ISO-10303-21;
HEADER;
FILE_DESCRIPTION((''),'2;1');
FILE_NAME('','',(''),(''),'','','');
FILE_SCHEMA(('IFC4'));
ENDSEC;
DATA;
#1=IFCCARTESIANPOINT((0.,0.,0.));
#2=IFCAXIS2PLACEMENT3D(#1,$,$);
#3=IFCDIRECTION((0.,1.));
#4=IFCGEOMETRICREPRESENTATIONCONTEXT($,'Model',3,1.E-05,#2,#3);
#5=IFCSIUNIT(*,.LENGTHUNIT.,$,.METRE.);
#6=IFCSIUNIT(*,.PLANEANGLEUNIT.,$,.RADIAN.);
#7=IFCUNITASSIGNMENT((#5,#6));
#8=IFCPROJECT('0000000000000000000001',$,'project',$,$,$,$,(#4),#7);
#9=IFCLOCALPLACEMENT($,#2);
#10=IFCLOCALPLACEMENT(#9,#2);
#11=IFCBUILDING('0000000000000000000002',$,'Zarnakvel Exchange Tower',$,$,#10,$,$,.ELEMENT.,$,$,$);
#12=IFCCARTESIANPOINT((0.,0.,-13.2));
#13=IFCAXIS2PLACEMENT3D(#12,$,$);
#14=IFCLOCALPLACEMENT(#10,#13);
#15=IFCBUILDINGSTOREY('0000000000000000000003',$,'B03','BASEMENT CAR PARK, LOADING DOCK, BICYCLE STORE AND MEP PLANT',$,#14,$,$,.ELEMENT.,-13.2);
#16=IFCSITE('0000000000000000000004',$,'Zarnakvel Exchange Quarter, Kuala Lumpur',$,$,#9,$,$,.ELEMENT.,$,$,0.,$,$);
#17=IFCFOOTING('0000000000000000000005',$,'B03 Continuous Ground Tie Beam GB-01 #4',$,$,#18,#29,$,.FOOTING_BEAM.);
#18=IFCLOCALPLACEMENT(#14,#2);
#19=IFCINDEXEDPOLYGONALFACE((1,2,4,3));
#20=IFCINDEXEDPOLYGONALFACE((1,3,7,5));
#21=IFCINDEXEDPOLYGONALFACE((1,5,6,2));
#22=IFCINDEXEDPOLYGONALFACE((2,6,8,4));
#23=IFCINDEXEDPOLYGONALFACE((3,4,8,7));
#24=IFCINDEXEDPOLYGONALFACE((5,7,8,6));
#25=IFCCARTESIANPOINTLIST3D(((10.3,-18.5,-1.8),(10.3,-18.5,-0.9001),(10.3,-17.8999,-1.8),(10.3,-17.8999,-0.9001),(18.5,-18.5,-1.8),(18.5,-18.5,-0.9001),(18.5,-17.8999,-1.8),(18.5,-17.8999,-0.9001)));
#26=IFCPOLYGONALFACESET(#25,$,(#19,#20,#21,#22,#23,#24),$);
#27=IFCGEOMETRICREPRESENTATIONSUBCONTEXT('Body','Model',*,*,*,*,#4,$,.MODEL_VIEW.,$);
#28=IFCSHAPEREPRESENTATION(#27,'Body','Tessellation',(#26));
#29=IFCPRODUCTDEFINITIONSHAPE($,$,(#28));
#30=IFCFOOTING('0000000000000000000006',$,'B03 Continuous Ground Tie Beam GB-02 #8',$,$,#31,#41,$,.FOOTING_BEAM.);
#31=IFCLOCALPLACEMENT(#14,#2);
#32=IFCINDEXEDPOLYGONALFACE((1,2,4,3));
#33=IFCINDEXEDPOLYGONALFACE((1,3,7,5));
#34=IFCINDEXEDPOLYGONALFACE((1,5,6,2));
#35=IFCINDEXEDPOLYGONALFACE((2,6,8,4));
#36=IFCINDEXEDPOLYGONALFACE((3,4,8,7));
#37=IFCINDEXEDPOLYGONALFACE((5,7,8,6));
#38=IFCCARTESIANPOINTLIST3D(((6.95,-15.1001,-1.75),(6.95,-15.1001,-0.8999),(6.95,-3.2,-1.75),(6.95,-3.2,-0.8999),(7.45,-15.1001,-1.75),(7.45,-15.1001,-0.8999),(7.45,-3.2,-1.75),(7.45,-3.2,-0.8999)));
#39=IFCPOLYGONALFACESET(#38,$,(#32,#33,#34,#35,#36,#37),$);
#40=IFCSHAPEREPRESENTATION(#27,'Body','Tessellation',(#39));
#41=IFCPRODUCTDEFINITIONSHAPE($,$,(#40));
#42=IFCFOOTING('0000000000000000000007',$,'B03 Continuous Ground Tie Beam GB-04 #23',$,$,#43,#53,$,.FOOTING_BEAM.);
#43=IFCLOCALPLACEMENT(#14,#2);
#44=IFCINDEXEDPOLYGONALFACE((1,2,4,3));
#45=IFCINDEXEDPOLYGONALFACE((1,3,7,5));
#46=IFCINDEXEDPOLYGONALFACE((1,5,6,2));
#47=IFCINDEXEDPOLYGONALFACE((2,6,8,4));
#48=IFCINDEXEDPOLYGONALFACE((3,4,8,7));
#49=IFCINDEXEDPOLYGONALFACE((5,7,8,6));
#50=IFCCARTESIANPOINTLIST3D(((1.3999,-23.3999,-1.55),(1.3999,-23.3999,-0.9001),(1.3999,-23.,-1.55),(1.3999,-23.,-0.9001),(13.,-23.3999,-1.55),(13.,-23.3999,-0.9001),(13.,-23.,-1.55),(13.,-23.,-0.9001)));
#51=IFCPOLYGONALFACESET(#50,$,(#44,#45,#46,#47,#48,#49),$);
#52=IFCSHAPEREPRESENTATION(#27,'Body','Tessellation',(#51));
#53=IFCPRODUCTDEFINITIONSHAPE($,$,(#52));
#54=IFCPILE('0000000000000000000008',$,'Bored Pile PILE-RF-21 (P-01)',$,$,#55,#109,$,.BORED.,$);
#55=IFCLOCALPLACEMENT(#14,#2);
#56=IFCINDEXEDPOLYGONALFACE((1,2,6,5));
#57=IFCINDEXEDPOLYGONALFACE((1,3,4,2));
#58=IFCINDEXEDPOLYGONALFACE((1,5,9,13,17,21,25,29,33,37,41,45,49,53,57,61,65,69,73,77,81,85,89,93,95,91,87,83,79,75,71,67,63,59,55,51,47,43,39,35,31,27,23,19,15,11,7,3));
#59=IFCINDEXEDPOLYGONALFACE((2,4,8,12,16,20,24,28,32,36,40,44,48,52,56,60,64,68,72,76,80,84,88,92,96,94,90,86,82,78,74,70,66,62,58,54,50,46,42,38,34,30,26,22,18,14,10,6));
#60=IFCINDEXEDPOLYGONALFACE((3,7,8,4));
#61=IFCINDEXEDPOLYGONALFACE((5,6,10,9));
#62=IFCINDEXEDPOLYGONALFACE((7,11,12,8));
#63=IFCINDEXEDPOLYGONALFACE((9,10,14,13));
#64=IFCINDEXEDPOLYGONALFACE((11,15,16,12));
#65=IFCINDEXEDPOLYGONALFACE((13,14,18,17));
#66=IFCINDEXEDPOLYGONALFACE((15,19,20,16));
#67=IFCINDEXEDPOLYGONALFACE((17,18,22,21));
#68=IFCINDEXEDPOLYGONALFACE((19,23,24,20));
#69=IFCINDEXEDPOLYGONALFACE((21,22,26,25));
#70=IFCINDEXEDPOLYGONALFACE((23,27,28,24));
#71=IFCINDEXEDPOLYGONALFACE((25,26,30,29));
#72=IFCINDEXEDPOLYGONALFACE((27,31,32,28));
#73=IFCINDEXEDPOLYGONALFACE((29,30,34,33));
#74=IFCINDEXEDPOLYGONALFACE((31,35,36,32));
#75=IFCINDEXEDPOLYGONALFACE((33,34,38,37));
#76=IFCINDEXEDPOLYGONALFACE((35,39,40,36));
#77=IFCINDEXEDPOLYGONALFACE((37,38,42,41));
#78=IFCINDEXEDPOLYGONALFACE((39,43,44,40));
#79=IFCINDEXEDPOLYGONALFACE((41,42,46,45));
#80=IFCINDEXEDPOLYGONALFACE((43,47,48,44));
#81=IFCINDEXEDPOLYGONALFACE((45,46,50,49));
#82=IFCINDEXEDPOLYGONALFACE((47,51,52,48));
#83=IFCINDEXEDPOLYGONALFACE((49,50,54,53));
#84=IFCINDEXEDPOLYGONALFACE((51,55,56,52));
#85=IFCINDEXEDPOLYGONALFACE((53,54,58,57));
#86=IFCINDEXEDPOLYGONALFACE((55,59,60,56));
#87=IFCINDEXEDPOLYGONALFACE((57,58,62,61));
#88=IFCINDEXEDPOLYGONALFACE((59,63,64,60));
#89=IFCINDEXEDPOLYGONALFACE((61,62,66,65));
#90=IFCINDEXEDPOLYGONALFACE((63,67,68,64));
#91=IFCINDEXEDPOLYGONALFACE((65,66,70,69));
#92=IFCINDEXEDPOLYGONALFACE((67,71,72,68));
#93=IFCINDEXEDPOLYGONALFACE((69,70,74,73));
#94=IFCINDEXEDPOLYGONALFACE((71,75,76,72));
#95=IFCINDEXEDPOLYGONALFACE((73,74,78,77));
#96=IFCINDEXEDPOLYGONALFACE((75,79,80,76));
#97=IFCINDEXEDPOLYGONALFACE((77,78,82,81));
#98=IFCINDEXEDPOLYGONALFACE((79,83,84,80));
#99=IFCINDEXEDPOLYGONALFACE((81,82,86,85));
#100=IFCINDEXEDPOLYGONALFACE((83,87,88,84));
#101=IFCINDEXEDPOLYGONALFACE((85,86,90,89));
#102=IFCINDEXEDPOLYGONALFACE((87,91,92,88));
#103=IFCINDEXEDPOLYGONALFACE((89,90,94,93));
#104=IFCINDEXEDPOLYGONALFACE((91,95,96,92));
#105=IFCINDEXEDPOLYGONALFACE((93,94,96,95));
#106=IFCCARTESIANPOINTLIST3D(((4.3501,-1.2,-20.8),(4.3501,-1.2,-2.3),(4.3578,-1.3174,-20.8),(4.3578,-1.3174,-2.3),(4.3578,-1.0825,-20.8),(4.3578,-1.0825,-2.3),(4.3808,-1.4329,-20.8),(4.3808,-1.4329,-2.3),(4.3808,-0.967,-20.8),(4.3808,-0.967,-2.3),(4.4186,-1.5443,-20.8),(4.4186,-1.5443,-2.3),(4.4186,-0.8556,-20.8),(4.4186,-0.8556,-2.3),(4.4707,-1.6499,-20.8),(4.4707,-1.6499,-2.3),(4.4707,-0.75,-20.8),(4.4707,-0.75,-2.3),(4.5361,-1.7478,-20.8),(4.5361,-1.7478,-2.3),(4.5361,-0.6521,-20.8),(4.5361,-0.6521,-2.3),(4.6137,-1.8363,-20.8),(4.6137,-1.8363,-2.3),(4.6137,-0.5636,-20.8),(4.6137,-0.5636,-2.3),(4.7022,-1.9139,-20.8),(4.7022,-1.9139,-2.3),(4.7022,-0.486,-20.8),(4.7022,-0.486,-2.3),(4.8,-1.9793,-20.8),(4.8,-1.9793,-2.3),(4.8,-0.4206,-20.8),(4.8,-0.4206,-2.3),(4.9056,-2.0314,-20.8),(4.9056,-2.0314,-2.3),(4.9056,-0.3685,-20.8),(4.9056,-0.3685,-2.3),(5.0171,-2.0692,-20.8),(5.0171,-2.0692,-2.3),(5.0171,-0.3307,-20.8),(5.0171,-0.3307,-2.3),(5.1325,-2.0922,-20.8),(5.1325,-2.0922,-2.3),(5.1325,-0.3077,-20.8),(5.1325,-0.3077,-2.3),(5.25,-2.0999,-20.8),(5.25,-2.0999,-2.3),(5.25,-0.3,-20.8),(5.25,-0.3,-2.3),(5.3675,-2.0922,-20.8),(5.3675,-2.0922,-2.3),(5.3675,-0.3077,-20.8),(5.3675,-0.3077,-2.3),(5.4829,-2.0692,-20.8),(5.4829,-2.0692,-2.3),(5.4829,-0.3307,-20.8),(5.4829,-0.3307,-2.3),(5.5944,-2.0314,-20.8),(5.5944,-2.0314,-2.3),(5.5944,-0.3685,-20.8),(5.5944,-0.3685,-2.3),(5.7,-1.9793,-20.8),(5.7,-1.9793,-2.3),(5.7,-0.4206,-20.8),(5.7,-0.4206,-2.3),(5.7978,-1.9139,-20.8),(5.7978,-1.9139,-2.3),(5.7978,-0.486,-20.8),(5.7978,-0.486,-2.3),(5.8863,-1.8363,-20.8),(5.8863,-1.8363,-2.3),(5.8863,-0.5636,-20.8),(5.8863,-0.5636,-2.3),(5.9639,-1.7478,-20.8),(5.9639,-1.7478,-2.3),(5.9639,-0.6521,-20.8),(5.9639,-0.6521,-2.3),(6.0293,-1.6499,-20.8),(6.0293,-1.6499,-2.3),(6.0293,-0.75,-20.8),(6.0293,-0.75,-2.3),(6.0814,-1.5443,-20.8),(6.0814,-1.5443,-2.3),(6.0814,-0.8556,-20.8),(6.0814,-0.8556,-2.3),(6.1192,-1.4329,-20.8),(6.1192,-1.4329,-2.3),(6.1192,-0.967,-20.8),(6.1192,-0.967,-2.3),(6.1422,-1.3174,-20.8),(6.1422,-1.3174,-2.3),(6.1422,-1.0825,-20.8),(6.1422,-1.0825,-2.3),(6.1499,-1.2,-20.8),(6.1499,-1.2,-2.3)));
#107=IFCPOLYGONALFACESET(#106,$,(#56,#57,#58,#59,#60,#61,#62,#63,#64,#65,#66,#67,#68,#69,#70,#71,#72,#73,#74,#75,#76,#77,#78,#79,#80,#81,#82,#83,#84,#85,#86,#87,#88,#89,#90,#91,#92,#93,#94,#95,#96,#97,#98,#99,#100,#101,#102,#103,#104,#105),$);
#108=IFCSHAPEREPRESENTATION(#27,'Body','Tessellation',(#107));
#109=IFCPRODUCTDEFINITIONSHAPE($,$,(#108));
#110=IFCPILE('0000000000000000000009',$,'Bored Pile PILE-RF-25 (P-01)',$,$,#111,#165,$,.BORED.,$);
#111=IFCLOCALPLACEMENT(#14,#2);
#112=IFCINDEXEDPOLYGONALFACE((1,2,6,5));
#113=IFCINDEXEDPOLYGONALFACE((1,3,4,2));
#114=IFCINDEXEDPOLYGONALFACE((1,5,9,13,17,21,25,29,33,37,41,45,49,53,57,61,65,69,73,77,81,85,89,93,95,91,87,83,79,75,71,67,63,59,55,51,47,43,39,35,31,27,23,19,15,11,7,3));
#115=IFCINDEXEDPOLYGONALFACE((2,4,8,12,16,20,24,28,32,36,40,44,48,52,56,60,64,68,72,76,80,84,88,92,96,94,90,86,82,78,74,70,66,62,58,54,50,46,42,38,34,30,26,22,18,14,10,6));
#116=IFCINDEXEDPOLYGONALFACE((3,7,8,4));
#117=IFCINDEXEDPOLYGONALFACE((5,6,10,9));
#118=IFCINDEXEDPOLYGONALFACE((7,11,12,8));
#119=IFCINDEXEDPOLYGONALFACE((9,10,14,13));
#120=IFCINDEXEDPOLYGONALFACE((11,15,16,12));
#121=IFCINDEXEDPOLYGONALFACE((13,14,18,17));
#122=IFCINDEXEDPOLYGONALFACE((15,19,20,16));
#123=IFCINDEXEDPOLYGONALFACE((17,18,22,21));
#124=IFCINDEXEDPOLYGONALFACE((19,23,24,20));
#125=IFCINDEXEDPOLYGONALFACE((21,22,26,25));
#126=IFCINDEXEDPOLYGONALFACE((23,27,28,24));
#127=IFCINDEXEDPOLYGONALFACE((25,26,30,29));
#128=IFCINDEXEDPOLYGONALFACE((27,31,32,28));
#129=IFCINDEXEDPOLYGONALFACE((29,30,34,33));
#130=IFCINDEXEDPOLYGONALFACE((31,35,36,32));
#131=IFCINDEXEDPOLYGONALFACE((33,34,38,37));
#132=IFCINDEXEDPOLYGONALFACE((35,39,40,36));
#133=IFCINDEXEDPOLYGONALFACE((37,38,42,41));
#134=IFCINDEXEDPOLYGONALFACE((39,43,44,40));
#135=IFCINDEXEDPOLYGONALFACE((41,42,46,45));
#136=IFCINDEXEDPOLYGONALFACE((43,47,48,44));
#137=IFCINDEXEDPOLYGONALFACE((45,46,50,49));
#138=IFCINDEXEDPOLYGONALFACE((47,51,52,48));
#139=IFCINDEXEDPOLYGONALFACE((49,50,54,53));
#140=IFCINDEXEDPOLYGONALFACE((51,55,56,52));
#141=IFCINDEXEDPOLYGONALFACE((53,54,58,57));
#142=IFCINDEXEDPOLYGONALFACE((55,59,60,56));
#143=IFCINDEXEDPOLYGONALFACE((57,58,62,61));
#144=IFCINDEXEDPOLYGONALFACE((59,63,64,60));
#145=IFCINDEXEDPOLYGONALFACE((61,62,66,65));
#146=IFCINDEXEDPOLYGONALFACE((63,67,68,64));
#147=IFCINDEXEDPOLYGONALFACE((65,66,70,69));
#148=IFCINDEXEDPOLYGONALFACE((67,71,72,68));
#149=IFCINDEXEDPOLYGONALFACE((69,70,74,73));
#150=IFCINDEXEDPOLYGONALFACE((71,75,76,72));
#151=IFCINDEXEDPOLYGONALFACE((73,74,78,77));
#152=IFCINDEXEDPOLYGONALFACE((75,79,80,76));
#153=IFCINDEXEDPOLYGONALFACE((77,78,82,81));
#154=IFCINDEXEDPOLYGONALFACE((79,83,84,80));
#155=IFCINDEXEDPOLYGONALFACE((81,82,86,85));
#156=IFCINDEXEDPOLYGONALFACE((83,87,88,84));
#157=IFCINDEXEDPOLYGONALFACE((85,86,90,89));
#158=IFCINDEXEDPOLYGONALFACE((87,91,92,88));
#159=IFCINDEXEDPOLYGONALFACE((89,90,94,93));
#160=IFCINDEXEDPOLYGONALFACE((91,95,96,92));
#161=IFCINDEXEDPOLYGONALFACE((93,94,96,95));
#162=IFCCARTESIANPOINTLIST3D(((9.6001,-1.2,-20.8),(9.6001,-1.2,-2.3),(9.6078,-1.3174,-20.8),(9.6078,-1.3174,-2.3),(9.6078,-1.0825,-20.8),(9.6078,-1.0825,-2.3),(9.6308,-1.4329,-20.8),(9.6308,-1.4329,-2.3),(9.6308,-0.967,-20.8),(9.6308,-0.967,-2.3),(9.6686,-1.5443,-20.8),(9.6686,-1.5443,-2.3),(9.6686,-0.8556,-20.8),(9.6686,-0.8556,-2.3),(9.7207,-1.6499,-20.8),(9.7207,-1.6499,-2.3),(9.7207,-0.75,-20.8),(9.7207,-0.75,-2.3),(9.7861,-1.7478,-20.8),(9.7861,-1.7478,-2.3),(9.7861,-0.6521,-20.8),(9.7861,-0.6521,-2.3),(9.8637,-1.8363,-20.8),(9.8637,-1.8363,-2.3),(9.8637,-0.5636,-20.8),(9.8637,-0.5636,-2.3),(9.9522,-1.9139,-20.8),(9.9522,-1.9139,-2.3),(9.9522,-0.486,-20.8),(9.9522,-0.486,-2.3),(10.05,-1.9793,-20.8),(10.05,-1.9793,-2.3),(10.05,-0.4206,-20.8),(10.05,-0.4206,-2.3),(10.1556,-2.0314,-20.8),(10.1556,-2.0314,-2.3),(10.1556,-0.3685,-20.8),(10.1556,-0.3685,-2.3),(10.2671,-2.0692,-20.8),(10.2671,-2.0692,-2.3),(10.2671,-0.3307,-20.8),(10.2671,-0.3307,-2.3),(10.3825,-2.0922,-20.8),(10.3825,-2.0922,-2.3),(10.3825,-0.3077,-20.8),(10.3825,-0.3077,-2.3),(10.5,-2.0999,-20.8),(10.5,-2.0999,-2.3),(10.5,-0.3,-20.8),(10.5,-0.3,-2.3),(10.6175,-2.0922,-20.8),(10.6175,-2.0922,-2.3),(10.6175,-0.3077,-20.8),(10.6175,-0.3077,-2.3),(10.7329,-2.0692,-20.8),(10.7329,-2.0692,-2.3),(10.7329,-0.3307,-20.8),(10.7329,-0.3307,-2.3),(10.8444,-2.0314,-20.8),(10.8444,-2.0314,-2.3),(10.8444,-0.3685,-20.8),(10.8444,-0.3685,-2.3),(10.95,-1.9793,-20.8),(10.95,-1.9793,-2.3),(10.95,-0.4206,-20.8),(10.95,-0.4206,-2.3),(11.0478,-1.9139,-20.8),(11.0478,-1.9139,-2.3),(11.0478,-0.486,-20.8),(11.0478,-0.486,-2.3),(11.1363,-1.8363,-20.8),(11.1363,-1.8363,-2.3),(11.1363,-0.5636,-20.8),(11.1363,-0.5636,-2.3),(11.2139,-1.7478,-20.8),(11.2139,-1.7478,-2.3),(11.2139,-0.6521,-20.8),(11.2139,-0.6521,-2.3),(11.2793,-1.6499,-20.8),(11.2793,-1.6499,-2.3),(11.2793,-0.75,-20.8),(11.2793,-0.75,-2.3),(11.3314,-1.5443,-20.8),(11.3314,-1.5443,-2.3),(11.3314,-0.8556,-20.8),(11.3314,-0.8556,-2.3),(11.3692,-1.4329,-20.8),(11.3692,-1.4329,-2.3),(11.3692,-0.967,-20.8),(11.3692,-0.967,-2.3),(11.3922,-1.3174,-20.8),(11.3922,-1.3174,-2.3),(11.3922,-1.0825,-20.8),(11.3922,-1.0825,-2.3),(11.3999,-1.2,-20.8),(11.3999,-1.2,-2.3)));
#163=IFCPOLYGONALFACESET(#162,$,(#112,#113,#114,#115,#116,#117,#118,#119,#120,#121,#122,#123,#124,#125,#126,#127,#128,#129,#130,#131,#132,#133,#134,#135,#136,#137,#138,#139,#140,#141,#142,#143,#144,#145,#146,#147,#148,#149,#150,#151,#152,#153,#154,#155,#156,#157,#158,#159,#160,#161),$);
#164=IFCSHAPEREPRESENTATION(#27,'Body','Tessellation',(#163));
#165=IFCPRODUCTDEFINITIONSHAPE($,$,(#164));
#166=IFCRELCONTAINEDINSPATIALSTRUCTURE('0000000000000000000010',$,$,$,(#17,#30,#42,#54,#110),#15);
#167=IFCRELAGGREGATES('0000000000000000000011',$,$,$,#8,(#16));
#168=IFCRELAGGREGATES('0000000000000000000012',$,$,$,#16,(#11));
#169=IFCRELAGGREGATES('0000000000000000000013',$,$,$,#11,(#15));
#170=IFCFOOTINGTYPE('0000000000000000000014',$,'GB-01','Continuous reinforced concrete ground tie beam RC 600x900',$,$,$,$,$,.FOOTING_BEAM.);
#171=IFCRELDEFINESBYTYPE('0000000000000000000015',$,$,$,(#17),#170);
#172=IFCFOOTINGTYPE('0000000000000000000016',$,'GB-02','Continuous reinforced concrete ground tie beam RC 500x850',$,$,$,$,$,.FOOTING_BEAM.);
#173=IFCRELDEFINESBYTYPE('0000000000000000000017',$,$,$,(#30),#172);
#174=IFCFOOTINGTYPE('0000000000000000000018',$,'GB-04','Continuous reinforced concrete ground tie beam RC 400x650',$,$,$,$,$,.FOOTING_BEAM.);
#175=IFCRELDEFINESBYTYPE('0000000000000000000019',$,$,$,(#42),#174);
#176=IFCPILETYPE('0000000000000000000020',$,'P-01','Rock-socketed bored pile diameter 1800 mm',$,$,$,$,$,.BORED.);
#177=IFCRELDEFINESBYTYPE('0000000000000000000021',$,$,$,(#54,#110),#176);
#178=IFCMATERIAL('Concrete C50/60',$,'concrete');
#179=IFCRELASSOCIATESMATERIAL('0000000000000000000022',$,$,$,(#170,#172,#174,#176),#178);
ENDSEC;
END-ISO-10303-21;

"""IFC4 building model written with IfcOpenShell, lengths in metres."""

from ifc_helpers import new_model, si_unit, direction, frame, origin, origin_2d, place, context, subcontext, project, spatial, rectangle, circle, extrude, material, material_profile, profile_set, type_object, element, save


model = new_model("IFC4")

# Units and contexts
model_context = context("Model", 3, precision=1e-05, world=origin(), true_north=direction((0.0, 1.0)))
body_context = subcontext(model_context, "Body", "Model", "MODEL_VIEW")
ifc_project = project(units=[si_unit("LENGTHUNIT", "METRE"), si_unit("PLANEANGLEUNIT", "RADIAN")], contexts=[model_context])

# Site, building, storey
site_placement = place(None, origin())
site = spatial("IfcSite", under=ifc_project, at=site_placement, Name="Zarnakvel Exchange Quarter, Kuala Lumpur", CompositionType="ELEMENT", RefElevation=0.0)
building_placement = place(site_placement, origin())
building = spatial("IfcBuilding", under=site, at=building_placement, Name="Zarnakvel Exchange Tower", CompositionType="ELEMENT")
storey_placement = place(building_placement, frame((0.0, 0.0, -13.2)))
storey = spatial("IfcBuildingStorey", under=building, at=storey_placement, Name="B03", Description="BASEMENT CAR PARK, LOADING DOCK, BICYCLE STORE AND MEP PLANT", CompositionType="ELEMENT", Elevation=-13.2)

# Footings
ifc_material_1 = material(Name="Concrete C50/60", Category="concrete")
ifc_material_profile_1 = material_profile(ifc_material_1, rectangle(XDim=0.6001, YDim=0.8999, at=origin_2d()))
ifc_profile_set_1 = profile_set([ifc_material_profile_1], Name="Concrete C50/60")
footing_type_1 = type_object("IfcFootingType", Name="GB-01", Description="Continuous reinforced concrete ground tie beam RC 600x900", PredefinedType="FOOTING_BEAM", material=ifc_profile_set_1)
footing_1_placement = place(storey_placement, frame((10.3, -18.2, -1.3501), z_axis=(1.0, 0.0, 0.0), x_axis=(0.0, 1.0, 0.0)))
element("IfcFooting", 1, at=footing_1_placement, inside=storey, type_object=footing_type_1, Name="B03 Continuous Ground Tie Beam GB-01 #4", PredefinedType="FOOTING_BEAM", context=body_context, shape_type="SweptSolid", body=[
    extrude(rectangle(XDim=0.6001, YDim=0.8999, at=origin_2d()), origin(), (0.0, 0.0, 1.0), 8.2),
])
ifc_material_profile_2 = material_profile(ifc_material_1, rectangle(XDim=0.5, YDim=0.8501, at=origin_2d()))
ifc_profile_set_2 = profile_set([ifc_material_profile_2], Name="Concrete C50/60")
footing_type_2 = type_object("IfcFootingType", Name="GB-02", Description="Continuous reinforced concrete ground tie beam RC 500x850", PredefinedType="FOOTING_BEAM", material=ifc_profile_set_2)
footing_2_placement = place(storey_placement, frame((7.2, -15.1001, -1.325), z_axis=(0.0, 1.0, 0.0), x_axis=(-1.0, 0.0, 0.0)))
element("IfcFooting", 2, at=footing_2_placement, inside=storey, type_object=footing_type_2, Name="B03 Continuous Ground Tie Beam GB-02 #8", PredefinedType="FOOTING_BEAM", context=body_context, shape_type="SweptSolid", body=[
    extrude(rectangle(XDim=0.5, YDim=0.8501, at=origin_2d()), origin(), (0.0, 0.0, 1.0), 11.9001),
])
ifc_material_profile_3 = material_profile(ifc_material_1, rectangle(XDim=0.3999, YDim=0.6499, at=origin_2d()))
ifc_profile_set_3 = profile_set([ifc_material_profile_3], Name="Concrete C50/60")
footing_type_3 = type_object("IfcFootingType", Name="GB-04", Description="Continuous reinforced concrete ground tie beam RC 400x650", PredefinedType="FOOTING_BEAM", material=ifc_profile_set_3)
footing_3_placement = place(storey_placement, frame((1.3999, -23.2, -1.2251), z_axis=(1.0, 0.0, 0.0), x_axis=(0.0, 1.0, 0.0)))
element("IfcFooting", 3, at=footing_3_placement, inside=storey, type_object=footing_type_3, Name="B03 Continuous Ground Tie Beam GB-04 #23", PredefinedType="FOOTING_BEAM", context=body_context, shape_type="SweptSolid", body=[
    extrude(rectangle(XDim=0.3999, YDim=0.6499, at=origin_2d()), origin(), (0.0, 0.0, 1.0), 11.6001),
])

# Piles
ifc_material_profile_4 = material_profile(ifc_material_1, circle(Radius=0.8999, at=origin_2d()))
ifc_profile_set_4 = profile_set([ifc_material_profile_4], Name="Concrete C50/60")
pile_type_1 = type_object("IfcPileType", Name="P-01", Description="Rock-socketed bored pile diameter 1800 mm", PredefinedType="BORED", material=ifc_profile_set_4)
for number, where, z_axis, x_axis, name in (
    (4, (5.25, -1.2, -2.3), (0.0, 0.0, -1.0), (1.0, 0.0, 0.0), "Bored Pile PILE-RF-21 (P-01)"),
    (5, (10.5, -1.2, -2.3), (0.0, 0.0, -1.0), (1.0, 0.0, 0.0), "Bored Pile PILE-RF-25 (P-01)"),
):
    element("IfcPile", number, at=place(storey_placement, frame(where, z_axis=z_axis, x_axis=x_axis)), inside=storey, type_object=pile_type_1, Name=name, PredefinedType="BORED", context=body_context, shape_type="SweptSolid", body=[
        extrude(circle(Radius=0.8999, at=origin_2d()), origin(), (0.0, 0.0, 1.0), 18.5),
    ])

save(model, "model.ifc")
